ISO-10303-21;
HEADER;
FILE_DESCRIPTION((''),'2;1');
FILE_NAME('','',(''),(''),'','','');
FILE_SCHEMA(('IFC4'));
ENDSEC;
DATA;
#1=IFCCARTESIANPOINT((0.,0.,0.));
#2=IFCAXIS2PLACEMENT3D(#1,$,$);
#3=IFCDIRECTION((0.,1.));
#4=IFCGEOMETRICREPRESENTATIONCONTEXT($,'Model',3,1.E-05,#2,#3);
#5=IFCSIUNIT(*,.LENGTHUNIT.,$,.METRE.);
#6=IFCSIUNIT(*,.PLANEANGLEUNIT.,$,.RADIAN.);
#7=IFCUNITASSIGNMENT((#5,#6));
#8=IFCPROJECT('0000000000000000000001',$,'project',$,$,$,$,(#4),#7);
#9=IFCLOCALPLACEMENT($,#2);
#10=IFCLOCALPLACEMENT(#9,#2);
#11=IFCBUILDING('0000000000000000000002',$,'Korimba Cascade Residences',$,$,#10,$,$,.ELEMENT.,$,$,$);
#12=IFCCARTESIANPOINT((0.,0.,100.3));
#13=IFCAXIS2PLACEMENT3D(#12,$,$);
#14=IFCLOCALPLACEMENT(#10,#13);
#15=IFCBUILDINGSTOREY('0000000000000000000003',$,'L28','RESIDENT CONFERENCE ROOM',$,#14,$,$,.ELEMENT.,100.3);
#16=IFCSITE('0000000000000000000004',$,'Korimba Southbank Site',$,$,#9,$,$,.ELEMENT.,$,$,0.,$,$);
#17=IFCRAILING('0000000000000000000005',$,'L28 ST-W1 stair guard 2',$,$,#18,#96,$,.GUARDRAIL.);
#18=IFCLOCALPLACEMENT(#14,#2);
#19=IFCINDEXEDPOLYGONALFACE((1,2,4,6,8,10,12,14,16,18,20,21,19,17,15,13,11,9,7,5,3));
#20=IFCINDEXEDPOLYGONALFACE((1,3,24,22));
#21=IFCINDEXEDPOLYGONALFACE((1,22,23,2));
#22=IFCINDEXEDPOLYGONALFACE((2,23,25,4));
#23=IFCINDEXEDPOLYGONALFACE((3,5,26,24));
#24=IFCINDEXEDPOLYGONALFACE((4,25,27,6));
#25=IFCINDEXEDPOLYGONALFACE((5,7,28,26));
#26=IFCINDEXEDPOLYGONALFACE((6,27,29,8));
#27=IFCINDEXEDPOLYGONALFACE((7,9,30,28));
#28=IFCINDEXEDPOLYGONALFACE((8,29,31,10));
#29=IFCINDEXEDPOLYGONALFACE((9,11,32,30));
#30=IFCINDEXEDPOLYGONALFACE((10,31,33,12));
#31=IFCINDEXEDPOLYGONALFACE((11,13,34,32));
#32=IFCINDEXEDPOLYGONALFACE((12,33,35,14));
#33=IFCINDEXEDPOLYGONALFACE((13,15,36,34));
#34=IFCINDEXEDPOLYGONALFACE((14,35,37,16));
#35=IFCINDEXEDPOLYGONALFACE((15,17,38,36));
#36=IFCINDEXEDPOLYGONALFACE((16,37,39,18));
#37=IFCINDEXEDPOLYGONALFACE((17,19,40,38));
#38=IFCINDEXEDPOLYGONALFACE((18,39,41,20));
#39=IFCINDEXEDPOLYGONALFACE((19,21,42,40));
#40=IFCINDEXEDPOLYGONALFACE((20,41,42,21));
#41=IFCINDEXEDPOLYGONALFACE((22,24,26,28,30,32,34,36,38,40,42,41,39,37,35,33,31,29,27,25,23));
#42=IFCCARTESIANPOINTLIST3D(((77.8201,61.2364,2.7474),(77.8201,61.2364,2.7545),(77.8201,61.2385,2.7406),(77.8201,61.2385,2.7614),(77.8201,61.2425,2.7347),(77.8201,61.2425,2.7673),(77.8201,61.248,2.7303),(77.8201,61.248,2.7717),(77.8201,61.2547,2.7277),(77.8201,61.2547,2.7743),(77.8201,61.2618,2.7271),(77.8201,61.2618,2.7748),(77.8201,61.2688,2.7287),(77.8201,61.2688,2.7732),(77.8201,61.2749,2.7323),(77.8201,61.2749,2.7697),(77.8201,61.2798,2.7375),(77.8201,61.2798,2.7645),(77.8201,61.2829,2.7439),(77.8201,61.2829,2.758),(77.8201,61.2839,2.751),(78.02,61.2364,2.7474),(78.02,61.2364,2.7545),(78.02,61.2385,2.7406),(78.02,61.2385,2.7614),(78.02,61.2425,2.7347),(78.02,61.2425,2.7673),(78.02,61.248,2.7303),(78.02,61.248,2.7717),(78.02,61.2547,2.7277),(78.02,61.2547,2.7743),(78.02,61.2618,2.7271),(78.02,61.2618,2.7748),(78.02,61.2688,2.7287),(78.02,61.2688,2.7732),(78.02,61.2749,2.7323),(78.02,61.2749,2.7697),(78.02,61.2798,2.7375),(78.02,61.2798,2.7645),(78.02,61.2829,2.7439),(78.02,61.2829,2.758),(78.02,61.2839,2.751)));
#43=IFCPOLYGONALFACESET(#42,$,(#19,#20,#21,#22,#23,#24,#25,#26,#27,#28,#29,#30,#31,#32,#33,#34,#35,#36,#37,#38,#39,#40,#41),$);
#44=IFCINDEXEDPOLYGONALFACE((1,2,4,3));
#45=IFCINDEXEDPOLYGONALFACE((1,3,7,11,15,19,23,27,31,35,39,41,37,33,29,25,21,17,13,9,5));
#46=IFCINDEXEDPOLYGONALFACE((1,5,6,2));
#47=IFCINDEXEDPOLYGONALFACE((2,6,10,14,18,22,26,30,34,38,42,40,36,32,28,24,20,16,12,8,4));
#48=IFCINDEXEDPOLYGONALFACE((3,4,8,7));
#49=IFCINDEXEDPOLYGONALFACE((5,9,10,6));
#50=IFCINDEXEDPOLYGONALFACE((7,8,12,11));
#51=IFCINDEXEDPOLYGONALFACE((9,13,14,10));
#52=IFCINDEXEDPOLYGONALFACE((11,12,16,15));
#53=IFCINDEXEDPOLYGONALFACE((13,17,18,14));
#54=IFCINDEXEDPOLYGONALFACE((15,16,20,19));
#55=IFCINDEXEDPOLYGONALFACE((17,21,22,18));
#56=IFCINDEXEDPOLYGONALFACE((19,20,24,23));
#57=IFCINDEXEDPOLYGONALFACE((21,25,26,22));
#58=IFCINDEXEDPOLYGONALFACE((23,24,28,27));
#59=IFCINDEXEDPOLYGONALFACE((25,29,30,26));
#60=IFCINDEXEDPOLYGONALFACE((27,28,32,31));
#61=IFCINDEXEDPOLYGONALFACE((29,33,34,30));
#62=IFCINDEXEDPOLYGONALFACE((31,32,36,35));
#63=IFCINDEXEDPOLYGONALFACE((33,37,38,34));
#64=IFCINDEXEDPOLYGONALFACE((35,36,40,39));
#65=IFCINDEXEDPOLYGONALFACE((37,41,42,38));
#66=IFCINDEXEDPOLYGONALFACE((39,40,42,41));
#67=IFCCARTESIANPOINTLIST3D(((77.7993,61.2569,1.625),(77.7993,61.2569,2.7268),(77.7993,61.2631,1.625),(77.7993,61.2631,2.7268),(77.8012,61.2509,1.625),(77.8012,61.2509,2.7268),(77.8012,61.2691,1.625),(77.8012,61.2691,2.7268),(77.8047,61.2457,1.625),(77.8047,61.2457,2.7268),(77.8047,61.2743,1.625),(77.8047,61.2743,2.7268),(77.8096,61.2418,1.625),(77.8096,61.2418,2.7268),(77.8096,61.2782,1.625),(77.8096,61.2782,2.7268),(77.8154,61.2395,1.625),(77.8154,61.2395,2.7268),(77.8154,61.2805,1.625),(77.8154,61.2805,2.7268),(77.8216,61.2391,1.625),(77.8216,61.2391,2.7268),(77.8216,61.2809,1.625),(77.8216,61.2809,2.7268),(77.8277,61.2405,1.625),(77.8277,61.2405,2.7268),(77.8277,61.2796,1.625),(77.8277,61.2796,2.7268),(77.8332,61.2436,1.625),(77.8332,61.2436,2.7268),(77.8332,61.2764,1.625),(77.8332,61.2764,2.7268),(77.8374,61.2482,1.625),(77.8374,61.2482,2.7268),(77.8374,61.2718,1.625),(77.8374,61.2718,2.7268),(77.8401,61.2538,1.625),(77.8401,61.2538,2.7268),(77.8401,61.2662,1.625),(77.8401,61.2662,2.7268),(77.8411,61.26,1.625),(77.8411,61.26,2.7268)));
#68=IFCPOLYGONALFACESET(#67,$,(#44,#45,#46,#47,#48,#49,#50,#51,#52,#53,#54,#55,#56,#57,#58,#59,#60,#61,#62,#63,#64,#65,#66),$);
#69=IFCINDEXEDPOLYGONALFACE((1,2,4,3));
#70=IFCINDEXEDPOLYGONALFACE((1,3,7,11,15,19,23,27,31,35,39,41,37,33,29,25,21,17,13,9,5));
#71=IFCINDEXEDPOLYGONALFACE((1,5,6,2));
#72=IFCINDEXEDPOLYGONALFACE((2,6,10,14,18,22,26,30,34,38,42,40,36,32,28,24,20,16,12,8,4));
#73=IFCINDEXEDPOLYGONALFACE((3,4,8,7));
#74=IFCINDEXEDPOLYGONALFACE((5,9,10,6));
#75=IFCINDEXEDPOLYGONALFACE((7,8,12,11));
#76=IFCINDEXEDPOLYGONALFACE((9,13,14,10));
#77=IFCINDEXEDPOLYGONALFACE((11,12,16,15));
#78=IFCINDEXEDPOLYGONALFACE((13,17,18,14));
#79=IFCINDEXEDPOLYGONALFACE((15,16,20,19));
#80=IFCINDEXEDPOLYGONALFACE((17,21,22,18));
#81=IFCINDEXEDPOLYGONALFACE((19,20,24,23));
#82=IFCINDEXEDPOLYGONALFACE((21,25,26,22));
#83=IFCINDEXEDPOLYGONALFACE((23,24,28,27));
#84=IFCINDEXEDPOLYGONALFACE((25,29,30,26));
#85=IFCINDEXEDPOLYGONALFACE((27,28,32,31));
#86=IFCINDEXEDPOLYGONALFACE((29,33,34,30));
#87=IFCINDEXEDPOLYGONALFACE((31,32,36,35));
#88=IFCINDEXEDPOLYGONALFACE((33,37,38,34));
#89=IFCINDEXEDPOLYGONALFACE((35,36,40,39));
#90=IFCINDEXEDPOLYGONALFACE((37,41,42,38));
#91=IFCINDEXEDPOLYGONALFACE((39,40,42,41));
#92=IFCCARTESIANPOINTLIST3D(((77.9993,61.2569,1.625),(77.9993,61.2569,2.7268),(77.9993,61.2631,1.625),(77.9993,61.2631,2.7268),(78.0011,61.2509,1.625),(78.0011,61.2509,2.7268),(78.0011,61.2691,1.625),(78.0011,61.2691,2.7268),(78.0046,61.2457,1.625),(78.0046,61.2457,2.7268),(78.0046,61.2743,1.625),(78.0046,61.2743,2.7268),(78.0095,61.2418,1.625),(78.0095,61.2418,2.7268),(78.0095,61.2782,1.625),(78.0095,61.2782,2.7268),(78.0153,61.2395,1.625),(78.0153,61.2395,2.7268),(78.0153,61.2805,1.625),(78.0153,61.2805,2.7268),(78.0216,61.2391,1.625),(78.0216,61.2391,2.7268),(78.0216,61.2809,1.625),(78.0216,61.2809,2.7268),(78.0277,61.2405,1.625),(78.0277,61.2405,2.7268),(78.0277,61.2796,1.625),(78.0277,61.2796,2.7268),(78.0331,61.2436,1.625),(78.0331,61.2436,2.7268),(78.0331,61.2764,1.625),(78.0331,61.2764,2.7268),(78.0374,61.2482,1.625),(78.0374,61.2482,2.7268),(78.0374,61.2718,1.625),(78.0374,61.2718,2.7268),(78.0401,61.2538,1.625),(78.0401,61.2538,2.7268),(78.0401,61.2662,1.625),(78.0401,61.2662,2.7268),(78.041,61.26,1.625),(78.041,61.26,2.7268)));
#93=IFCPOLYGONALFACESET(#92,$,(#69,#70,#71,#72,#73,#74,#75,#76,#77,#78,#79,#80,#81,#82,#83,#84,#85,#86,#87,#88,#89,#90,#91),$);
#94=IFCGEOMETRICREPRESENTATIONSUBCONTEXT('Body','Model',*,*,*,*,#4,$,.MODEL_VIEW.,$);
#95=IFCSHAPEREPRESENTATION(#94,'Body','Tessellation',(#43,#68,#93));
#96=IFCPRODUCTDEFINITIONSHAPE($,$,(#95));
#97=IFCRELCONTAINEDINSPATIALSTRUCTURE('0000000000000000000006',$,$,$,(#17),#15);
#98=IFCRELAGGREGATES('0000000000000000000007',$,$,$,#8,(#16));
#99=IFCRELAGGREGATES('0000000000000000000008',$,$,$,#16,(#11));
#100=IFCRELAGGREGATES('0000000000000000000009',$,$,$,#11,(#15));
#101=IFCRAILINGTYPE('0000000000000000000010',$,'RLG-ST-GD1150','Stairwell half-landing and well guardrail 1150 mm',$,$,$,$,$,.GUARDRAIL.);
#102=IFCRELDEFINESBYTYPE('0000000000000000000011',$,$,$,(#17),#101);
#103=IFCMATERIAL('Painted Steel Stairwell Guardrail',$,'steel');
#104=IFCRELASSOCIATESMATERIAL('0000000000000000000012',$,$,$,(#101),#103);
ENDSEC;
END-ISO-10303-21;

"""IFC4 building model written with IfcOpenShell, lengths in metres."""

from ifc_helpers import new_model, si_unit, direction, frame, origin, origin_2d, place, context, subcontext, project, spatial, circle, extrude, material, type_object, element, save


model = new_model("IFC4")

# Units and contexts
model_context = context("Model", 3, precision=1e-05, world=origin(), true_north=direction((0.0, 1.0)))
body_context = subcontext(model_context, "Body", "Model", "MODEL_VIEW")
ifc_project = project(units=[si_unit("LENGTHUNIT", "METRE"), si_unit("PLANEANGLEUNIT", "RADIAN")], contexts=[model_context])

# Site, building, storey
site_placement = place(None, origin())
site = spatial("IfcSite", under=ifc_project, at=site_placement, Name="Korimba Southbank Site", CompositionType="ELEMENT", RefElevation=0.0)
building_placement = place(site_placement, origin())
building = spatial("IfcBuilding", under=site, at=building_placement, Name="Korimba Cascade Residences", CompositionType="ELEMENT")
storey_placement = place(building_placement, frame((0.0, 0.0, 100.3)))
storey = spatial("IfcBuildingStorey", under=building, at=storey_placement, Name="L28", Description="RESIDENT CONFERENCE ROOM", CompositionType="ELEMENT", Elevation=100.3)

# Railing
ifc_material_1 = material(Name="Painted Steel Stairwell Guardrail", Category="steel")
railing_type_1 = type_object("IfcRailingType", Name="RLG-ST-GD1150", Description="Stairwell half-landing and well guardrail 1150 mm", PredefinedType="GUARDRAIL", material=ifc_material_1)
railing_1_placement = place(storey_placement, frame((77.8201, 61.26, 1.625)))
element("IfcRailing", 1, at=railing_1_placement, inside=storey, type_object=railing_type_1, Name="L28 ST-W1 stair guard 2", PredefinedType="GUARDRAIL", context=body_context, shape_type="SweptSolid", body=[
    extrude(circle(Radius=0.0239, at=origin_2d()), frame((0.0, 0.0, 1.126), z_axis=(1.0, 0.0, 0.0), x_axis=(0.0, 1.0, 0.0)), (0.0, 0.0, 1.0), 0.2),
    extrude(circle(Radius=0.021, at=origin_2d()), origin(), (0.0, 0.0, 1.0), 1.1018),
    extrude(circle(Radius=0.021, at=origin_2d()), frame((0.2, 0.0, 0.0)), (0.0, 0.0, 1.0), 1.1018),
])

save(model, "model.ifc")
